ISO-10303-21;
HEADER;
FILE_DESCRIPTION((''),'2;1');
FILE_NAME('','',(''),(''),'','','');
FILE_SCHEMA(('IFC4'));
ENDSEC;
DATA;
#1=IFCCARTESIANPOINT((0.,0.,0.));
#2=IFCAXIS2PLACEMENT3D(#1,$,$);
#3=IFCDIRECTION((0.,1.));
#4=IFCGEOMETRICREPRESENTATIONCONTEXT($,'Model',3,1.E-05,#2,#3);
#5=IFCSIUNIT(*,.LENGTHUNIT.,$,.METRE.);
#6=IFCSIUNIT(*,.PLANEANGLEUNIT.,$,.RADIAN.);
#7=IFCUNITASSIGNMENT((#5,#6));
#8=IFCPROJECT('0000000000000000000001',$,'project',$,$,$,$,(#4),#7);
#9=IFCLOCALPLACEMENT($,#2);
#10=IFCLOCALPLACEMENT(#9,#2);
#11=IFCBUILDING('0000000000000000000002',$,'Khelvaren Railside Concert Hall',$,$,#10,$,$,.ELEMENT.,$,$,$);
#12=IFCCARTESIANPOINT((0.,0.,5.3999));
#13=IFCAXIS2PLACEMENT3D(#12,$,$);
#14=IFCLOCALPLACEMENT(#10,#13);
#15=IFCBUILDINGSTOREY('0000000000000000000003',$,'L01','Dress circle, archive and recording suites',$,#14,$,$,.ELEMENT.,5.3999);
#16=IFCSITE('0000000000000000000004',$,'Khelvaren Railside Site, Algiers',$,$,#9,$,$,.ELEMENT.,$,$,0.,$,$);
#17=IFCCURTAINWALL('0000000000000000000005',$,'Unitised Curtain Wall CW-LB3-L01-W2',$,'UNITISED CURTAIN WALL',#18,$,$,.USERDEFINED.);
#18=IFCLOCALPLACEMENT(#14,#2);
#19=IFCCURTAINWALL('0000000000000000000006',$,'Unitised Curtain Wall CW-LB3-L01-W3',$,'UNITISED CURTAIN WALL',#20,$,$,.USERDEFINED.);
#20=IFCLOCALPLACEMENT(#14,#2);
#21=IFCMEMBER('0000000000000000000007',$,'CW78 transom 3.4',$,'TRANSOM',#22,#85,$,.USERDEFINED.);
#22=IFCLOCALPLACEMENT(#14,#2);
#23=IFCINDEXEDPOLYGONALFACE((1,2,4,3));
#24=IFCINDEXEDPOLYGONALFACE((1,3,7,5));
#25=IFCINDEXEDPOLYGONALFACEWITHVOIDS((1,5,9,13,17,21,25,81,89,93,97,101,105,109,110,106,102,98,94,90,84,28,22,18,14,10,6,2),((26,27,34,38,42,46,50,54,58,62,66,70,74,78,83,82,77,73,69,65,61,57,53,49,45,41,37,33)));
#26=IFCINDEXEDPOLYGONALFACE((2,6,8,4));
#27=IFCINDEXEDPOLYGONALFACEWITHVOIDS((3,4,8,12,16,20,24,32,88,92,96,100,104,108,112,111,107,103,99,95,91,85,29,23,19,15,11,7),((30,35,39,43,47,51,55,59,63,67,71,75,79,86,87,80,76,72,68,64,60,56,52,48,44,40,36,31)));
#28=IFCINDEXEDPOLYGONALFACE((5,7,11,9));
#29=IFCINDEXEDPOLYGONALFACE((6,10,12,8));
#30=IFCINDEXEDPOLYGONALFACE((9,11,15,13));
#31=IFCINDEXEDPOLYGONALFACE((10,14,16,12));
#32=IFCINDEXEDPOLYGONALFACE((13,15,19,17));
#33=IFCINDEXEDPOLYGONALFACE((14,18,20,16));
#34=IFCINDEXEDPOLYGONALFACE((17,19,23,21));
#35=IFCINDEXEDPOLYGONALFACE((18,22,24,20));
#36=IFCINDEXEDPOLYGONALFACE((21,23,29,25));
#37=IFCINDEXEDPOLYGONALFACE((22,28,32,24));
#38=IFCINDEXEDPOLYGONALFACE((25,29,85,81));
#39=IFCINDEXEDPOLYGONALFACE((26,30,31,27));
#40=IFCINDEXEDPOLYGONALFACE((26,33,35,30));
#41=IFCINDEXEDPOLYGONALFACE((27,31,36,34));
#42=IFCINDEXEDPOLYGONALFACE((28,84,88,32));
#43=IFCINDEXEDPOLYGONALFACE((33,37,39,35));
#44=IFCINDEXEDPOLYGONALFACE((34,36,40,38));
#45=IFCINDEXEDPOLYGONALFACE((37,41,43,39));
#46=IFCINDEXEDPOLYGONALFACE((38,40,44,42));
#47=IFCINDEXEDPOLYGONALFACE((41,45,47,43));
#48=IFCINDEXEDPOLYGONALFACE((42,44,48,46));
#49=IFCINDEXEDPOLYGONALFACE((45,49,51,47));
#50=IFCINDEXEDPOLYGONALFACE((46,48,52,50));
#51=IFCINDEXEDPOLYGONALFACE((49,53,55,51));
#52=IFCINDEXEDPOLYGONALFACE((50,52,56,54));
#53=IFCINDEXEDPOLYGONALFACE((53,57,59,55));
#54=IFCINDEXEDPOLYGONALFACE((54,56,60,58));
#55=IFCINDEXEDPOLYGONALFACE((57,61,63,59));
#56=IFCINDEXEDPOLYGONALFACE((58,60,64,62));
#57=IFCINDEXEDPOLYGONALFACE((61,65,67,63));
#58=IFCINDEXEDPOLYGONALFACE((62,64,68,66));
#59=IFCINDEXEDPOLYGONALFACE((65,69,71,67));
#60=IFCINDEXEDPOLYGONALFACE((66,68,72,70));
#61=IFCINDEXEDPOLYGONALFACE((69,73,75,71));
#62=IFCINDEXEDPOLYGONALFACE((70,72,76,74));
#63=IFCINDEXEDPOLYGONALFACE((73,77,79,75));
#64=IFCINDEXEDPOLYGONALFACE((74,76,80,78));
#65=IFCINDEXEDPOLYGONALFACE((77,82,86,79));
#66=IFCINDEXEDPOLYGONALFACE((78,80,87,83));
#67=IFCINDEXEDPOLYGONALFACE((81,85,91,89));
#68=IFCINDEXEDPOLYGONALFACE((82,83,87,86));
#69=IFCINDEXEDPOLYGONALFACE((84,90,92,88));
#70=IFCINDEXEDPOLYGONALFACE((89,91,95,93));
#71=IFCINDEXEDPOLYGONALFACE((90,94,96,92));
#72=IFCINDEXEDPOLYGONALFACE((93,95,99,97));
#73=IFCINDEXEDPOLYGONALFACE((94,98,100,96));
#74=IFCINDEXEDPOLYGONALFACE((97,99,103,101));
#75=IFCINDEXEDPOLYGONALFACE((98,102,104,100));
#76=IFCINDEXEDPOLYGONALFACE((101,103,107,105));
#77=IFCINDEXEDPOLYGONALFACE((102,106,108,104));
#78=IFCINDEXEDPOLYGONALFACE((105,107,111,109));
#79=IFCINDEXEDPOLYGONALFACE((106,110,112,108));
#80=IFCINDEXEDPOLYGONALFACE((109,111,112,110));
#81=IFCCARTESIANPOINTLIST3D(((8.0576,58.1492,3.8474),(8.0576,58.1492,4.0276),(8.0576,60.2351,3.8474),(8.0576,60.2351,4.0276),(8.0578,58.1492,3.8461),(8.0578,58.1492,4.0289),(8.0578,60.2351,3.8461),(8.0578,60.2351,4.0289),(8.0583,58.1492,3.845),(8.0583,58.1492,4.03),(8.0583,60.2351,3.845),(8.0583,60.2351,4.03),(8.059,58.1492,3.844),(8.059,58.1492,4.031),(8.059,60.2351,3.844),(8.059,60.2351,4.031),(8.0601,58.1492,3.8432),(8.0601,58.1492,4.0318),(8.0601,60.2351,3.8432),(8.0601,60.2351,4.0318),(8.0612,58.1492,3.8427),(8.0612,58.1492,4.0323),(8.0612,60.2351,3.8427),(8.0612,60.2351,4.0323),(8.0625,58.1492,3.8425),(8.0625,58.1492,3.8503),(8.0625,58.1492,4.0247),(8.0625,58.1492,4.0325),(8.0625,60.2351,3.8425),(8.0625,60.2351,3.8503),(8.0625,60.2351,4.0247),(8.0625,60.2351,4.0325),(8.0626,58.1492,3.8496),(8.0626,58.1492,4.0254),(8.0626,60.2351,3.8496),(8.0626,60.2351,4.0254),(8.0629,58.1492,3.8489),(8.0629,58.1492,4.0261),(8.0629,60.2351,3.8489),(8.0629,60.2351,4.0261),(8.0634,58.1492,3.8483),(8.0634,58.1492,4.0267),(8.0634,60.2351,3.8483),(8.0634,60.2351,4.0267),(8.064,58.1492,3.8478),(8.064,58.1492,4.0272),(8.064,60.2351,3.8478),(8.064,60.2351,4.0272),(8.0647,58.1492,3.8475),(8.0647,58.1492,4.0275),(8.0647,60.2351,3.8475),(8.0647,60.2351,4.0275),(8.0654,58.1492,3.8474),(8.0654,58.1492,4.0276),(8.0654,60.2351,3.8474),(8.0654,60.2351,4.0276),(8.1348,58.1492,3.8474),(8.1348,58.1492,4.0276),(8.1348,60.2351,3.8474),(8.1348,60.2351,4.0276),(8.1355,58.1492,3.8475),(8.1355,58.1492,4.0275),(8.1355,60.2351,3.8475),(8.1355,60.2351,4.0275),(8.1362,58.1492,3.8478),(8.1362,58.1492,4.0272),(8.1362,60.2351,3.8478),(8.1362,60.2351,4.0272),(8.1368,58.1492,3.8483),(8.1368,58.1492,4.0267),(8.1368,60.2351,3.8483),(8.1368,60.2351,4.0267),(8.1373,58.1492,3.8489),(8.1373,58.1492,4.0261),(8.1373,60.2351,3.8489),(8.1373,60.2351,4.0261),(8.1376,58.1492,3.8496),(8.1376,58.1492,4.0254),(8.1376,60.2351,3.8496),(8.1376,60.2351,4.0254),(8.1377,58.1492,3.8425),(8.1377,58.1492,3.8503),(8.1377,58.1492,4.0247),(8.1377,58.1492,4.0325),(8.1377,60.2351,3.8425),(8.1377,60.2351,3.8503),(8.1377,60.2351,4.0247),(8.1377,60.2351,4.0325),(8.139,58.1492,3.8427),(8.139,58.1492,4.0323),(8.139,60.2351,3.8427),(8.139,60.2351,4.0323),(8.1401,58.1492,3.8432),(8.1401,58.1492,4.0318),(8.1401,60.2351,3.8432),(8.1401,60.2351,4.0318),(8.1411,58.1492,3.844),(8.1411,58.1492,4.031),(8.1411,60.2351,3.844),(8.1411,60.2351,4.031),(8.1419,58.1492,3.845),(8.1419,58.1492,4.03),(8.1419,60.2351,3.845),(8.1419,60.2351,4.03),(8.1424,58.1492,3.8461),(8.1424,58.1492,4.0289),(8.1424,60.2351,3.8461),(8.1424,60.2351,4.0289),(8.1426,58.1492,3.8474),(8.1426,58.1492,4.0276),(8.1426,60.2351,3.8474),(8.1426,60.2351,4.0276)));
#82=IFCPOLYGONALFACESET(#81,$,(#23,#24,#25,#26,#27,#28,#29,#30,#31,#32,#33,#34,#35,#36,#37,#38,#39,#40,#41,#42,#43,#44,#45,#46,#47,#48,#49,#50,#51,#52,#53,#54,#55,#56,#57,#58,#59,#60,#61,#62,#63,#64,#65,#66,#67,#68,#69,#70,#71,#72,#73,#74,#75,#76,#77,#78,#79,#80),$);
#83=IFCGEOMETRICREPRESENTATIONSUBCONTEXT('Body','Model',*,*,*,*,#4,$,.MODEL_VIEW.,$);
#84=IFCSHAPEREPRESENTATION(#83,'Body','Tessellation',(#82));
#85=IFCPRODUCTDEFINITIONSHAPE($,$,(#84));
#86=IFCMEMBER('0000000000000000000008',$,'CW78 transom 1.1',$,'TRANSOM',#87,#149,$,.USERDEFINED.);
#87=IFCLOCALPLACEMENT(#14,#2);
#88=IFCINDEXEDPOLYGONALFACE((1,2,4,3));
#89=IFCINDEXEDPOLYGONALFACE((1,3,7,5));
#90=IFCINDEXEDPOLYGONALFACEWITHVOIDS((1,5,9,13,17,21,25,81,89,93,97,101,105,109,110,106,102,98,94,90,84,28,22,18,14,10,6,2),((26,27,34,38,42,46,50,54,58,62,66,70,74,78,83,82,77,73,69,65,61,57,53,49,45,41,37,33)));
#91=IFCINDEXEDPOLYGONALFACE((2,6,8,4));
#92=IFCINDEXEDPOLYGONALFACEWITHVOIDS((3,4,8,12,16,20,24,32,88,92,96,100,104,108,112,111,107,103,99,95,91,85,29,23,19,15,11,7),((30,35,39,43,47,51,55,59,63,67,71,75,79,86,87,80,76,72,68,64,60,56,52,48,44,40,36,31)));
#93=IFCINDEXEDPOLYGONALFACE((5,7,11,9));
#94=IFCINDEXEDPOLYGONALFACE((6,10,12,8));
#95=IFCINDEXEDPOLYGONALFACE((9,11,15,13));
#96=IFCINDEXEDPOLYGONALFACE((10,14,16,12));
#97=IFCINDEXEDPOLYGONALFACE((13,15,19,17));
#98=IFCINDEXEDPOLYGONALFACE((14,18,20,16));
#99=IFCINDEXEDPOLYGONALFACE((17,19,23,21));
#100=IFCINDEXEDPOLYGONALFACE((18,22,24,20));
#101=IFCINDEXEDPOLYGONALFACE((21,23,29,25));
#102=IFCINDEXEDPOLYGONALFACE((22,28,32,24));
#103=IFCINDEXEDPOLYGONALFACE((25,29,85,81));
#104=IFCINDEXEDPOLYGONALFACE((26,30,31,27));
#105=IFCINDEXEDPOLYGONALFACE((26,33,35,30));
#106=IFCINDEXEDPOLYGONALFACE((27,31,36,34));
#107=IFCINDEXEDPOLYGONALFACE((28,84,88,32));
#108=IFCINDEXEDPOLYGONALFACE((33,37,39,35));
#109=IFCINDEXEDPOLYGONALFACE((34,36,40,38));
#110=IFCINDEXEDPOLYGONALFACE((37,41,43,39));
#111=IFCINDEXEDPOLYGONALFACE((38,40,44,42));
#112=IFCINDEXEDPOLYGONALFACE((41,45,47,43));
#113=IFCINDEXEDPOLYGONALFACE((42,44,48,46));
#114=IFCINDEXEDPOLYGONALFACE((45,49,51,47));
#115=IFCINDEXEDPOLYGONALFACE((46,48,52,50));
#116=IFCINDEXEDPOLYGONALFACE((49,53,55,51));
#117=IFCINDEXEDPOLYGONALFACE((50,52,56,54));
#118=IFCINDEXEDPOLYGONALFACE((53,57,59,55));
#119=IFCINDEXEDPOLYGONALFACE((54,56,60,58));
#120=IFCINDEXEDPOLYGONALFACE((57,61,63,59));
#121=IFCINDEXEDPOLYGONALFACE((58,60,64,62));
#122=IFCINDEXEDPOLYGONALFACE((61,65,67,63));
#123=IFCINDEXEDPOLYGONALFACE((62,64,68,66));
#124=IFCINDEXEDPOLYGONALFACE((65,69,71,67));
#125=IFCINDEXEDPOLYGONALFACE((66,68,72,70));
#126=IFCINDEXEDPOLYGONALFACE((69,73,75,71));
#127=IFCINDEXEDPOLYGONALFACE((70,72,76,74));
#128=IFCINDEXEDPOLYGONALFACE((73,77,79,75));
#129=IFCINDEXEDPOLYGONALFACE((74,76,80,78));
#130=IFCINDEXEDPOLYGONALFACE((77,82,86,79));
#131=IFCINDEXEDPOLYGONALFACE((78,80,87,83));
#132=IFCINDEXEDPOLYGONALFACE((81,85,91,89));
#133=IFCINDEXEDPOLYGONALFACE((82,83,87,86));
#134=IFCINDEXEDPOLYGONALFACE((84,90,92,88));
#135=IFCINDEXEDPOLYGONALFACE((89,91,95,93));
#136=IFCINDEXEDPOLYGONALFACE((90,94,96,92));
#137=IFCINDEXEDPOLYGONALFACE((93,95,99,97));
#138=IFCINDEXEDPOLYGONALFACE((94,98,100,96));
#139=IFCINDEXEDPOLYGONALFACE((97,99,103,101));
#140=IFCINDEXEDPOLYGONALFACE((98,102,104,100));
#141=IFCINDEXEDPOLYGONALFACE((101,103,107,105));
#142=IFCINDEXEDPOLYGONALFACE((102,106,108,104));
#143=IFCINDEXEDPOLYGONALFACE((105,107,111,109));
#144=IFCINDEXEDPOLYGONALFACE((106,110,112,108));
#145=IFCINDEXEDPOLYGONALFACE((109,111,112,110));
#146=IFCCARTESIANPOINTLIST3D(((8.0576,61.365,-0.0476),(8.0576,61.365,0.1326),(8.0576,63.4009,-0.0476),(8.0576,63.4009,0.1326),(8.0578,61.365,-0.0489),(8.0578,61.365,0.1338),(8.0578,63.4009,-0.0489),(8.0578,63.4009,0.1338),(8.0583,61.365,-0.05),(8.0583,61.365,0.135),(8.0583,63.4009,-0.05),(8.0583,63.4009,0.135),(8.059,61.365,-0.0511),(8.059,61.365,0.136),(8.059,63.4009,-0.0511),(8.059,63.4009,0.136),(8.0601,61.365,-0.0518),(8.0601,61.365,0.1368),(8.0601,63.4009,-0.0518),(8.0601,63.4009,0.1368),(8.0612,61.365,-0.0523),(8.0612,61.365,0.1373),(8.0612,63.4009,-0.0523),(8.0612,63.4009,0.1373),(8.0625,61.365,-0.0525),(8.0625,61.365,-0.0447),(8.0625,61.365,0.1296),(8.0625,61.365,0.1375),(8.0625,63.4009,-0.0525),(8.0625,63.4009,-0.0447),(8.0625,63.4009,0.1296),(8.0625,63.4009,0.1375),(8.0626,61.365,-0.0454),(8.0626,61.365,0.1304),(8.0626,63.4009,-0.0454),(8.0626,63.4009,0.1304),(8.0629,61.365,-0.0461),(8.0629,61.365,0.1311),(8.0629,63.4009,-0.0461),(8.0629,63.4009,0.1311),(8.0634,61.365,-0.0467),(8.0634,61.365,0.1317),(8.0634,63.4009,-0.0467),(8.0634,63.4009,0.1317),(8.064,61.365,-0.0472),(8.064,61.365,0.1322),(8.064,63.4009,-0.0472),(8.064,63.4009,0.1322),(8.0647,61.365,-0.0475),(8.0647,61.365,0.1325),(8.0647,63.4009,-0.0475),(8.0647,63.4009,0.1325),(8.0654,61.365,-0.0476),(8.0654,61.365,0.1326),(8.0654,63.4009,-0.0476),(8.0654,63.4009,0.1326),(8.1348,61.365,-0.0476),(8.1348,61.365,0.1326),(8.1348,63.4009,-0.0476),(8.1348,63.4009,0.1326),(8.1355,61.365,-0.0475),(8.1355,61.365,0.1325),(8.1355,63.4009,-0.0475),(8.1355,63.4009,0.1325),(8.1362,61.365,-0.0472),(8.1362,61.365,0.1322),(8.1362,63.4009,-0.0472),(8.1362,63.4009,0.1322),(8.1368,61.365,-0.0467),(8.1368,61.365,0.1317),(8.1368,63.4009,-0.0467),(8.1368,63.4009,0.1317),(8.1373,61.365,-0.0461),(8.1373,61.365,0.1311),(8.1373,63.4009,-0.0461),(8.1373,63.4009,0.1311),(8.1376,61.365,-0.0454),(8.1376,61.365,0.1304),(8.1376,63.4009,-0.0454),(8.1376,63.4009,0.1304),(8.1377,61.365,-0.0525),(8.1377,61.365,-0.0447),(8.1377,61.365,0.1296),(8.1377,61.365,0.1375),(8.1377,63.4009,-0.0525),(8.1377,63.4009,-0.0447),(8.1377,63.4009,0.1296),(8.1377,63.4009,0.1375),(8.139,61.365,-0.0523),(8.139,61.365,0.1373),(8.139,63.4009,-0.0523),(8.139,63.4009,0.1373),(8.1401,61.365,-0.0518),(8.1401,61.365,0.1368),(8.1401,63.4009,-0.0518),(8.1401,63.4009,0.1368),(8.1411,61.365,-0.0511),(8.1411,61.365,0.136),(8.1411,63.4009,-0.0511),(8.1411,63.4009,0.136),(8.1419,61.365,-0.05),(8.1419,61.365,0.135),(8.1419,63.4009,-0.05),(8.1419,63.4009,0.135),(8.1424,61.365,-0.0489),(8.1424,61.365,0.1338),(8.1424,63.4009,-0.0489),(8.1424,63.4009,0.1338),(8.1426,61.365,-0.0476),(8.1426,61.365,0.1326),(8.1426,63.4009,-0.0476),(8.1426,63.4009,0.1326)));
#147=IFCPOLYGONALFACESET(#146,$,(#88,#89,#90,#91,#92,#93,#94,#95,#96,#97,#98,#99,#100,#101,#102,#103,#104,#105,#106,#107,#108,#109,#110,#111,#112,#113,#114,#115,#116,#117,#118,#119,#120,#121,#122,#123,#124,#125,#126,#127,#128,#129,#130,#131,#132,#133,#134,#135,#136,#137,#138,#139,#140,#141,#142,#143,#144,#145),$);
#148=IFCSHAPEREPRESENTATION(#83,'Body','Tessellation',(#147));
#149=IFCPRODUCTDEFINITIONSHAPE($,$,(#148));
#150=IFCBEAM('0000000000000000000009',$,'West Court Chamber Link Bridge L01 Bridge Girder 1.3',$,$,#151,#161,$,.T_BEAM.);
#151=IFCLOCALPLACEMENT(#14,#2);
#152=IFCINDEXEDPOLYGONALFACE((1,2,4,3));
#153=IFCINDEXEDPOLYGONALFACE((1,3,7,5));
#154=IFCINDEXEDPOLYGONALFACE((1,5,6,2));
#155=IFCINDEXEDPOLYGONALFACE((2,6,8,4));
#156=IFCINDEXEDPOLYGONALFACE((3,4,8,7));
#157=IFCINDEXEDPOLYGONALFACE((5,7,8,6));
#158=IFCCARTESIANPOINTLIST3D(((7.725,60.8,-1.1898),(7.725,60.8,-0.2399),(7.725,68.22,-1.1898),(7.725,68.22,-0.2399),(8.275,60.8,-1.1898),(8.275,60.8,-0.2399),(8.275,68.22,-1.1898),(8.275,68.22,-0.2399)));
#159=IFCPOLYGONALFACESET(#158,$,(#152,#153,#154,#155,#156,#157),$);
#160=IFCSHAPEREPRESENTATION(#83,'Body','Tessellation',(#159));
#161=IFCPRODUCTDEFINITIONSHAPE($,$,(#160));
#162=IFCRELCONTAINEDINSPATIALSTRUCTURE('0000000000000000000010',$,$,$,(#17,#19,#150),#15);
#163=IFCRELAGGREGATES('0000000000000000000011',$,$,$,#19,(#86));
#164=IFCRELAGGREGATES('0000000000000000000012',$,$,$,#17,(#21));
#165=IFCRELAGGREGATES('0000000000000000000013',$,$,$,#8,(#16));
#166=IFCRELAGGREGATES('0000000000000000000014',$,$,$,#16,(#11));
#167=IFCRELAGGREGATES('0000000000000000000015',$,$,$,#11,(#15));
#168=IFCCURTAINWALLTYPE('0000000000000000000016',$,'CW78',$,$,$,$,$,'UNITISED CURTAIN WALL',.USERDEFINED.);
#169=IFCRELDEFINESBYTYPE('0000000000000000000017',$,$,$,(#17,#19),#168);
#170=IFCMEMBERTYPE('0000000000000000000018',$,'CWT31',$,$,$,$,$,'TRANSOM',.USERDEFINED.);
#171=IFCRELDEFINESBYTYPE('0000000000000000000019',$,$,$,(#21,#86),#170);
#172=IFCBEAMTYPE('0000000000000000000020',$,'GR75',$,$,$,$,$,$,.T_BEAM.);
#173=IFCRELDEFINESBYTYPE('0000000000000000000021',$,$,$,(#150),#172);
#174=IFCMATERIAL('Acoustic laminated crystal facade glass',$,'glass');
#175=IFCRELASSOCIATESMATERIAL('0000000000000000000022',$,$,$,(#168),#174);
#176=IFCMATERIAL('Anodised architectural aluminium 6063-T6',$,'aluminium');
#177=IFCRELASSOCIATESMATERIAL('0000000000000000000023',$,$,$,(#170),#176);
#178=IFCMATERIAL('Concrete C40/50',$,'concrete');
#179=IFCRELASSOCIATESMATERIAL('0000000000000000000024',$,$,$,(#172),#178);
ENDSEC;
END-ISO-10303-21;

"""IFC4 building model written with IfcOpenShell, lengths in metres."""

from ifc_helpers import new_model, si_unit, direction, frame, origin, origin_2d, place, context, subcontext, project, spatial, rectangle, hollow_rectangle, extrude, material, material_profile, profile_set, type_object, element, aggregate, save


model = new_model("IFC4")

# Units and contexts
model_context = context("Model", 3, precision=1e-05, world=origin(), true_north=direction((0.0, 1.0)))
body_context = subcontext(model_context, "Body", "Model", "MODEL_VIEW")
ifc_project = project(units=[si_unit("LENGTHUNIT", "METRE"), si_unit("PLANEANGLEUNIT", "RADIAN")], contexts=[model_context])

# Site, building, storey
site_placement = place(None, origin())
site = spatial("IfcSite", under=ifc_project, at=site_placement, Name="Khelvaren Railside Site, Algiers", CompositionType="ELEMENT", RefElevation=0.0)
building_placement = place(site_placement, origin())
building = spatial("IfcBuilding", under=site, at=building_placement, Name="Khelvaren Railside Concert Hall", CompositionType="ELEMENT")
storey_placement = place(building_placement, frame((0.0, 0.0, 5.3999)))
storey = spatial("IfcBuildingStorey", under=building, at=storey_placement, Name="L01", Description="Dress circle, archive and recording suites", CompositionType="ELEMENT", Elevation=5.3999)

# Curtain wall
ifc_material_1 = material(Name="Acoustic laminated crystal facade glass", Category="glass")
curtain_wall_type = type_object("IfcCurtainWallType", Name="CW78", ElementType="UNITISED CURTAIN WALL", PredefinedType="USERDEFINED", material=ifc_material_1)
curtain_wall_1_placement = place(storey_placement, origin())
curtain_wall_1 = element("IfcCurtainWall", 1, at=curtain_wall_1_placement, inside=storey, type_object=curtain_wall_type, Name="Unitised Curtain Wall CW-LB3-L01-W2", ObjectType="UNITISED CURTAIN WALL", PredefinedType="USERDEFINED")
ifc_material_2 = material(Name="Anodised architectural aluminium 6063-T6", Category="aluminium")

# Curtain wall
curtain_wall_2_placement = place(storey_placement, origin())
curtain_wall_2 = element("IfcCurtainWall", 2, at=curtain_wall_2_placement, inside=storey, type_object=curtain_wall_type, Name="Unitised Curtain Wall CW-LB3-L01-W3", ObjectType="UNITISED CURTAIN WALL", PredefinedType="USERDEFINED")

# Members
ifc_material_profile_1 = material_profile(ifc_material_2, hollow_rectangle(XDim=0.085, YDim=0.1899, WallThickness=0.0049, InnerFilletRadius=0.0029, OuterFilletRadius=0.0049, at=origin_2d()), Name="CWT 85x190x5")
ifc_profile_set_1 = profile_set([ifc_material_profile_1], Name="Anodised architectural aluminium 6063-T6")
member_type_1 = type_object("IfcMemberType", Name="CWT31", ElementType="TRANSOM", PredefinedType="USERDEFINED", material=ifc_profile_set_1)
member_1_placement = place(storey_placement, frame((8.1001, 58.1492, 3.9375), z_axis=(0.0, 1.0, 0.0), x_axis=(-1.0, 0.0, 0.0)))
member_1 = element("IfcMember", 3, at=member_1_placement, type_object=member_type_1, Name="CW78 transom 3.4", ObjectType="TRANSOM", PredefinedType="USERDEFINED", context=body_context, shape_type="SweptSolid", body=[
    extrude(hollow_rectangle(XDim=0.085, YDim=0.1899, WallThickness=0.0049, InnerFilletRadius=0.0029, OuterFilletRadius=0.0049, at=origin_2d()), origin(), (0.0, 0.0, 1.0), 2.0859),
])
member_2_placement = place(storey_placement, frame((8.1001, 61.365, 0.0425), z_axis=(0.0, 1.0, 0.0), x_axis=(-1.0, 0.0, 0.0)))
member_2 = element("IfcMember", 4, at=member_2_placement, type_object=member_type_1, Name="CW78 transom 1.1", ObjectType="TRANSOM", PredefinedType="USERDEFINED", context=body_context, shape_type="SweptSolid", body=[
    extrude(hollow_rectangle(XDim=0.085, YDim=0.1899, WallThickness=0.0049, InnerFilletRadius=0.0029, OuterFilletRadius=0.0049, at=origin_2d()), origin(), (0.0, 0.0, 1.0), 2.0359),
])
aggregate(curtain_wall_2, [member_2])

# Beam
ifc_material_3 = material(Name="Concrete C40/50", Category="concrete")
ifc_material_profile_2 = material_profile(ifc_material_3, rectangle(XDim=0.55, YDim=0.95, at=origin_2d()), Name="RCB 550x950")
ifc_profile_set_2 = profile_set([ifc_material_profile_2], Name="Concrete C40/50")
beam_type_1 = type_object("IfcBeamType", Name="GR75", PredefinedType="T_BEAM", material=ifc_profile_set_2)
beam_1_placement = place(storey_placement, frame((8.0, 60.8, -0.7148), z_axis=(0.0, 1.0, 0.0), x_axis=(-1.0, 0.0, 0.0)))
element("IfcBeam", 5, at=beam_1_placement, inside=storey, type_object=beam_type_1, Name="West Court Chamber Link Bridge L01 Bridge Girder 1.3", PredefinedType="T_BEAM", context=body_context, shape_type="SweptSolid", body=[
    extrude(rectangle(XDim=0.55, YDim=0.95, at=origin_2d()), origin(), (0.0, 0.0, 1.0), 7.4199),
])

aggregate(curtain_wall_1, [member_1])

save(model, "model.ifc")
